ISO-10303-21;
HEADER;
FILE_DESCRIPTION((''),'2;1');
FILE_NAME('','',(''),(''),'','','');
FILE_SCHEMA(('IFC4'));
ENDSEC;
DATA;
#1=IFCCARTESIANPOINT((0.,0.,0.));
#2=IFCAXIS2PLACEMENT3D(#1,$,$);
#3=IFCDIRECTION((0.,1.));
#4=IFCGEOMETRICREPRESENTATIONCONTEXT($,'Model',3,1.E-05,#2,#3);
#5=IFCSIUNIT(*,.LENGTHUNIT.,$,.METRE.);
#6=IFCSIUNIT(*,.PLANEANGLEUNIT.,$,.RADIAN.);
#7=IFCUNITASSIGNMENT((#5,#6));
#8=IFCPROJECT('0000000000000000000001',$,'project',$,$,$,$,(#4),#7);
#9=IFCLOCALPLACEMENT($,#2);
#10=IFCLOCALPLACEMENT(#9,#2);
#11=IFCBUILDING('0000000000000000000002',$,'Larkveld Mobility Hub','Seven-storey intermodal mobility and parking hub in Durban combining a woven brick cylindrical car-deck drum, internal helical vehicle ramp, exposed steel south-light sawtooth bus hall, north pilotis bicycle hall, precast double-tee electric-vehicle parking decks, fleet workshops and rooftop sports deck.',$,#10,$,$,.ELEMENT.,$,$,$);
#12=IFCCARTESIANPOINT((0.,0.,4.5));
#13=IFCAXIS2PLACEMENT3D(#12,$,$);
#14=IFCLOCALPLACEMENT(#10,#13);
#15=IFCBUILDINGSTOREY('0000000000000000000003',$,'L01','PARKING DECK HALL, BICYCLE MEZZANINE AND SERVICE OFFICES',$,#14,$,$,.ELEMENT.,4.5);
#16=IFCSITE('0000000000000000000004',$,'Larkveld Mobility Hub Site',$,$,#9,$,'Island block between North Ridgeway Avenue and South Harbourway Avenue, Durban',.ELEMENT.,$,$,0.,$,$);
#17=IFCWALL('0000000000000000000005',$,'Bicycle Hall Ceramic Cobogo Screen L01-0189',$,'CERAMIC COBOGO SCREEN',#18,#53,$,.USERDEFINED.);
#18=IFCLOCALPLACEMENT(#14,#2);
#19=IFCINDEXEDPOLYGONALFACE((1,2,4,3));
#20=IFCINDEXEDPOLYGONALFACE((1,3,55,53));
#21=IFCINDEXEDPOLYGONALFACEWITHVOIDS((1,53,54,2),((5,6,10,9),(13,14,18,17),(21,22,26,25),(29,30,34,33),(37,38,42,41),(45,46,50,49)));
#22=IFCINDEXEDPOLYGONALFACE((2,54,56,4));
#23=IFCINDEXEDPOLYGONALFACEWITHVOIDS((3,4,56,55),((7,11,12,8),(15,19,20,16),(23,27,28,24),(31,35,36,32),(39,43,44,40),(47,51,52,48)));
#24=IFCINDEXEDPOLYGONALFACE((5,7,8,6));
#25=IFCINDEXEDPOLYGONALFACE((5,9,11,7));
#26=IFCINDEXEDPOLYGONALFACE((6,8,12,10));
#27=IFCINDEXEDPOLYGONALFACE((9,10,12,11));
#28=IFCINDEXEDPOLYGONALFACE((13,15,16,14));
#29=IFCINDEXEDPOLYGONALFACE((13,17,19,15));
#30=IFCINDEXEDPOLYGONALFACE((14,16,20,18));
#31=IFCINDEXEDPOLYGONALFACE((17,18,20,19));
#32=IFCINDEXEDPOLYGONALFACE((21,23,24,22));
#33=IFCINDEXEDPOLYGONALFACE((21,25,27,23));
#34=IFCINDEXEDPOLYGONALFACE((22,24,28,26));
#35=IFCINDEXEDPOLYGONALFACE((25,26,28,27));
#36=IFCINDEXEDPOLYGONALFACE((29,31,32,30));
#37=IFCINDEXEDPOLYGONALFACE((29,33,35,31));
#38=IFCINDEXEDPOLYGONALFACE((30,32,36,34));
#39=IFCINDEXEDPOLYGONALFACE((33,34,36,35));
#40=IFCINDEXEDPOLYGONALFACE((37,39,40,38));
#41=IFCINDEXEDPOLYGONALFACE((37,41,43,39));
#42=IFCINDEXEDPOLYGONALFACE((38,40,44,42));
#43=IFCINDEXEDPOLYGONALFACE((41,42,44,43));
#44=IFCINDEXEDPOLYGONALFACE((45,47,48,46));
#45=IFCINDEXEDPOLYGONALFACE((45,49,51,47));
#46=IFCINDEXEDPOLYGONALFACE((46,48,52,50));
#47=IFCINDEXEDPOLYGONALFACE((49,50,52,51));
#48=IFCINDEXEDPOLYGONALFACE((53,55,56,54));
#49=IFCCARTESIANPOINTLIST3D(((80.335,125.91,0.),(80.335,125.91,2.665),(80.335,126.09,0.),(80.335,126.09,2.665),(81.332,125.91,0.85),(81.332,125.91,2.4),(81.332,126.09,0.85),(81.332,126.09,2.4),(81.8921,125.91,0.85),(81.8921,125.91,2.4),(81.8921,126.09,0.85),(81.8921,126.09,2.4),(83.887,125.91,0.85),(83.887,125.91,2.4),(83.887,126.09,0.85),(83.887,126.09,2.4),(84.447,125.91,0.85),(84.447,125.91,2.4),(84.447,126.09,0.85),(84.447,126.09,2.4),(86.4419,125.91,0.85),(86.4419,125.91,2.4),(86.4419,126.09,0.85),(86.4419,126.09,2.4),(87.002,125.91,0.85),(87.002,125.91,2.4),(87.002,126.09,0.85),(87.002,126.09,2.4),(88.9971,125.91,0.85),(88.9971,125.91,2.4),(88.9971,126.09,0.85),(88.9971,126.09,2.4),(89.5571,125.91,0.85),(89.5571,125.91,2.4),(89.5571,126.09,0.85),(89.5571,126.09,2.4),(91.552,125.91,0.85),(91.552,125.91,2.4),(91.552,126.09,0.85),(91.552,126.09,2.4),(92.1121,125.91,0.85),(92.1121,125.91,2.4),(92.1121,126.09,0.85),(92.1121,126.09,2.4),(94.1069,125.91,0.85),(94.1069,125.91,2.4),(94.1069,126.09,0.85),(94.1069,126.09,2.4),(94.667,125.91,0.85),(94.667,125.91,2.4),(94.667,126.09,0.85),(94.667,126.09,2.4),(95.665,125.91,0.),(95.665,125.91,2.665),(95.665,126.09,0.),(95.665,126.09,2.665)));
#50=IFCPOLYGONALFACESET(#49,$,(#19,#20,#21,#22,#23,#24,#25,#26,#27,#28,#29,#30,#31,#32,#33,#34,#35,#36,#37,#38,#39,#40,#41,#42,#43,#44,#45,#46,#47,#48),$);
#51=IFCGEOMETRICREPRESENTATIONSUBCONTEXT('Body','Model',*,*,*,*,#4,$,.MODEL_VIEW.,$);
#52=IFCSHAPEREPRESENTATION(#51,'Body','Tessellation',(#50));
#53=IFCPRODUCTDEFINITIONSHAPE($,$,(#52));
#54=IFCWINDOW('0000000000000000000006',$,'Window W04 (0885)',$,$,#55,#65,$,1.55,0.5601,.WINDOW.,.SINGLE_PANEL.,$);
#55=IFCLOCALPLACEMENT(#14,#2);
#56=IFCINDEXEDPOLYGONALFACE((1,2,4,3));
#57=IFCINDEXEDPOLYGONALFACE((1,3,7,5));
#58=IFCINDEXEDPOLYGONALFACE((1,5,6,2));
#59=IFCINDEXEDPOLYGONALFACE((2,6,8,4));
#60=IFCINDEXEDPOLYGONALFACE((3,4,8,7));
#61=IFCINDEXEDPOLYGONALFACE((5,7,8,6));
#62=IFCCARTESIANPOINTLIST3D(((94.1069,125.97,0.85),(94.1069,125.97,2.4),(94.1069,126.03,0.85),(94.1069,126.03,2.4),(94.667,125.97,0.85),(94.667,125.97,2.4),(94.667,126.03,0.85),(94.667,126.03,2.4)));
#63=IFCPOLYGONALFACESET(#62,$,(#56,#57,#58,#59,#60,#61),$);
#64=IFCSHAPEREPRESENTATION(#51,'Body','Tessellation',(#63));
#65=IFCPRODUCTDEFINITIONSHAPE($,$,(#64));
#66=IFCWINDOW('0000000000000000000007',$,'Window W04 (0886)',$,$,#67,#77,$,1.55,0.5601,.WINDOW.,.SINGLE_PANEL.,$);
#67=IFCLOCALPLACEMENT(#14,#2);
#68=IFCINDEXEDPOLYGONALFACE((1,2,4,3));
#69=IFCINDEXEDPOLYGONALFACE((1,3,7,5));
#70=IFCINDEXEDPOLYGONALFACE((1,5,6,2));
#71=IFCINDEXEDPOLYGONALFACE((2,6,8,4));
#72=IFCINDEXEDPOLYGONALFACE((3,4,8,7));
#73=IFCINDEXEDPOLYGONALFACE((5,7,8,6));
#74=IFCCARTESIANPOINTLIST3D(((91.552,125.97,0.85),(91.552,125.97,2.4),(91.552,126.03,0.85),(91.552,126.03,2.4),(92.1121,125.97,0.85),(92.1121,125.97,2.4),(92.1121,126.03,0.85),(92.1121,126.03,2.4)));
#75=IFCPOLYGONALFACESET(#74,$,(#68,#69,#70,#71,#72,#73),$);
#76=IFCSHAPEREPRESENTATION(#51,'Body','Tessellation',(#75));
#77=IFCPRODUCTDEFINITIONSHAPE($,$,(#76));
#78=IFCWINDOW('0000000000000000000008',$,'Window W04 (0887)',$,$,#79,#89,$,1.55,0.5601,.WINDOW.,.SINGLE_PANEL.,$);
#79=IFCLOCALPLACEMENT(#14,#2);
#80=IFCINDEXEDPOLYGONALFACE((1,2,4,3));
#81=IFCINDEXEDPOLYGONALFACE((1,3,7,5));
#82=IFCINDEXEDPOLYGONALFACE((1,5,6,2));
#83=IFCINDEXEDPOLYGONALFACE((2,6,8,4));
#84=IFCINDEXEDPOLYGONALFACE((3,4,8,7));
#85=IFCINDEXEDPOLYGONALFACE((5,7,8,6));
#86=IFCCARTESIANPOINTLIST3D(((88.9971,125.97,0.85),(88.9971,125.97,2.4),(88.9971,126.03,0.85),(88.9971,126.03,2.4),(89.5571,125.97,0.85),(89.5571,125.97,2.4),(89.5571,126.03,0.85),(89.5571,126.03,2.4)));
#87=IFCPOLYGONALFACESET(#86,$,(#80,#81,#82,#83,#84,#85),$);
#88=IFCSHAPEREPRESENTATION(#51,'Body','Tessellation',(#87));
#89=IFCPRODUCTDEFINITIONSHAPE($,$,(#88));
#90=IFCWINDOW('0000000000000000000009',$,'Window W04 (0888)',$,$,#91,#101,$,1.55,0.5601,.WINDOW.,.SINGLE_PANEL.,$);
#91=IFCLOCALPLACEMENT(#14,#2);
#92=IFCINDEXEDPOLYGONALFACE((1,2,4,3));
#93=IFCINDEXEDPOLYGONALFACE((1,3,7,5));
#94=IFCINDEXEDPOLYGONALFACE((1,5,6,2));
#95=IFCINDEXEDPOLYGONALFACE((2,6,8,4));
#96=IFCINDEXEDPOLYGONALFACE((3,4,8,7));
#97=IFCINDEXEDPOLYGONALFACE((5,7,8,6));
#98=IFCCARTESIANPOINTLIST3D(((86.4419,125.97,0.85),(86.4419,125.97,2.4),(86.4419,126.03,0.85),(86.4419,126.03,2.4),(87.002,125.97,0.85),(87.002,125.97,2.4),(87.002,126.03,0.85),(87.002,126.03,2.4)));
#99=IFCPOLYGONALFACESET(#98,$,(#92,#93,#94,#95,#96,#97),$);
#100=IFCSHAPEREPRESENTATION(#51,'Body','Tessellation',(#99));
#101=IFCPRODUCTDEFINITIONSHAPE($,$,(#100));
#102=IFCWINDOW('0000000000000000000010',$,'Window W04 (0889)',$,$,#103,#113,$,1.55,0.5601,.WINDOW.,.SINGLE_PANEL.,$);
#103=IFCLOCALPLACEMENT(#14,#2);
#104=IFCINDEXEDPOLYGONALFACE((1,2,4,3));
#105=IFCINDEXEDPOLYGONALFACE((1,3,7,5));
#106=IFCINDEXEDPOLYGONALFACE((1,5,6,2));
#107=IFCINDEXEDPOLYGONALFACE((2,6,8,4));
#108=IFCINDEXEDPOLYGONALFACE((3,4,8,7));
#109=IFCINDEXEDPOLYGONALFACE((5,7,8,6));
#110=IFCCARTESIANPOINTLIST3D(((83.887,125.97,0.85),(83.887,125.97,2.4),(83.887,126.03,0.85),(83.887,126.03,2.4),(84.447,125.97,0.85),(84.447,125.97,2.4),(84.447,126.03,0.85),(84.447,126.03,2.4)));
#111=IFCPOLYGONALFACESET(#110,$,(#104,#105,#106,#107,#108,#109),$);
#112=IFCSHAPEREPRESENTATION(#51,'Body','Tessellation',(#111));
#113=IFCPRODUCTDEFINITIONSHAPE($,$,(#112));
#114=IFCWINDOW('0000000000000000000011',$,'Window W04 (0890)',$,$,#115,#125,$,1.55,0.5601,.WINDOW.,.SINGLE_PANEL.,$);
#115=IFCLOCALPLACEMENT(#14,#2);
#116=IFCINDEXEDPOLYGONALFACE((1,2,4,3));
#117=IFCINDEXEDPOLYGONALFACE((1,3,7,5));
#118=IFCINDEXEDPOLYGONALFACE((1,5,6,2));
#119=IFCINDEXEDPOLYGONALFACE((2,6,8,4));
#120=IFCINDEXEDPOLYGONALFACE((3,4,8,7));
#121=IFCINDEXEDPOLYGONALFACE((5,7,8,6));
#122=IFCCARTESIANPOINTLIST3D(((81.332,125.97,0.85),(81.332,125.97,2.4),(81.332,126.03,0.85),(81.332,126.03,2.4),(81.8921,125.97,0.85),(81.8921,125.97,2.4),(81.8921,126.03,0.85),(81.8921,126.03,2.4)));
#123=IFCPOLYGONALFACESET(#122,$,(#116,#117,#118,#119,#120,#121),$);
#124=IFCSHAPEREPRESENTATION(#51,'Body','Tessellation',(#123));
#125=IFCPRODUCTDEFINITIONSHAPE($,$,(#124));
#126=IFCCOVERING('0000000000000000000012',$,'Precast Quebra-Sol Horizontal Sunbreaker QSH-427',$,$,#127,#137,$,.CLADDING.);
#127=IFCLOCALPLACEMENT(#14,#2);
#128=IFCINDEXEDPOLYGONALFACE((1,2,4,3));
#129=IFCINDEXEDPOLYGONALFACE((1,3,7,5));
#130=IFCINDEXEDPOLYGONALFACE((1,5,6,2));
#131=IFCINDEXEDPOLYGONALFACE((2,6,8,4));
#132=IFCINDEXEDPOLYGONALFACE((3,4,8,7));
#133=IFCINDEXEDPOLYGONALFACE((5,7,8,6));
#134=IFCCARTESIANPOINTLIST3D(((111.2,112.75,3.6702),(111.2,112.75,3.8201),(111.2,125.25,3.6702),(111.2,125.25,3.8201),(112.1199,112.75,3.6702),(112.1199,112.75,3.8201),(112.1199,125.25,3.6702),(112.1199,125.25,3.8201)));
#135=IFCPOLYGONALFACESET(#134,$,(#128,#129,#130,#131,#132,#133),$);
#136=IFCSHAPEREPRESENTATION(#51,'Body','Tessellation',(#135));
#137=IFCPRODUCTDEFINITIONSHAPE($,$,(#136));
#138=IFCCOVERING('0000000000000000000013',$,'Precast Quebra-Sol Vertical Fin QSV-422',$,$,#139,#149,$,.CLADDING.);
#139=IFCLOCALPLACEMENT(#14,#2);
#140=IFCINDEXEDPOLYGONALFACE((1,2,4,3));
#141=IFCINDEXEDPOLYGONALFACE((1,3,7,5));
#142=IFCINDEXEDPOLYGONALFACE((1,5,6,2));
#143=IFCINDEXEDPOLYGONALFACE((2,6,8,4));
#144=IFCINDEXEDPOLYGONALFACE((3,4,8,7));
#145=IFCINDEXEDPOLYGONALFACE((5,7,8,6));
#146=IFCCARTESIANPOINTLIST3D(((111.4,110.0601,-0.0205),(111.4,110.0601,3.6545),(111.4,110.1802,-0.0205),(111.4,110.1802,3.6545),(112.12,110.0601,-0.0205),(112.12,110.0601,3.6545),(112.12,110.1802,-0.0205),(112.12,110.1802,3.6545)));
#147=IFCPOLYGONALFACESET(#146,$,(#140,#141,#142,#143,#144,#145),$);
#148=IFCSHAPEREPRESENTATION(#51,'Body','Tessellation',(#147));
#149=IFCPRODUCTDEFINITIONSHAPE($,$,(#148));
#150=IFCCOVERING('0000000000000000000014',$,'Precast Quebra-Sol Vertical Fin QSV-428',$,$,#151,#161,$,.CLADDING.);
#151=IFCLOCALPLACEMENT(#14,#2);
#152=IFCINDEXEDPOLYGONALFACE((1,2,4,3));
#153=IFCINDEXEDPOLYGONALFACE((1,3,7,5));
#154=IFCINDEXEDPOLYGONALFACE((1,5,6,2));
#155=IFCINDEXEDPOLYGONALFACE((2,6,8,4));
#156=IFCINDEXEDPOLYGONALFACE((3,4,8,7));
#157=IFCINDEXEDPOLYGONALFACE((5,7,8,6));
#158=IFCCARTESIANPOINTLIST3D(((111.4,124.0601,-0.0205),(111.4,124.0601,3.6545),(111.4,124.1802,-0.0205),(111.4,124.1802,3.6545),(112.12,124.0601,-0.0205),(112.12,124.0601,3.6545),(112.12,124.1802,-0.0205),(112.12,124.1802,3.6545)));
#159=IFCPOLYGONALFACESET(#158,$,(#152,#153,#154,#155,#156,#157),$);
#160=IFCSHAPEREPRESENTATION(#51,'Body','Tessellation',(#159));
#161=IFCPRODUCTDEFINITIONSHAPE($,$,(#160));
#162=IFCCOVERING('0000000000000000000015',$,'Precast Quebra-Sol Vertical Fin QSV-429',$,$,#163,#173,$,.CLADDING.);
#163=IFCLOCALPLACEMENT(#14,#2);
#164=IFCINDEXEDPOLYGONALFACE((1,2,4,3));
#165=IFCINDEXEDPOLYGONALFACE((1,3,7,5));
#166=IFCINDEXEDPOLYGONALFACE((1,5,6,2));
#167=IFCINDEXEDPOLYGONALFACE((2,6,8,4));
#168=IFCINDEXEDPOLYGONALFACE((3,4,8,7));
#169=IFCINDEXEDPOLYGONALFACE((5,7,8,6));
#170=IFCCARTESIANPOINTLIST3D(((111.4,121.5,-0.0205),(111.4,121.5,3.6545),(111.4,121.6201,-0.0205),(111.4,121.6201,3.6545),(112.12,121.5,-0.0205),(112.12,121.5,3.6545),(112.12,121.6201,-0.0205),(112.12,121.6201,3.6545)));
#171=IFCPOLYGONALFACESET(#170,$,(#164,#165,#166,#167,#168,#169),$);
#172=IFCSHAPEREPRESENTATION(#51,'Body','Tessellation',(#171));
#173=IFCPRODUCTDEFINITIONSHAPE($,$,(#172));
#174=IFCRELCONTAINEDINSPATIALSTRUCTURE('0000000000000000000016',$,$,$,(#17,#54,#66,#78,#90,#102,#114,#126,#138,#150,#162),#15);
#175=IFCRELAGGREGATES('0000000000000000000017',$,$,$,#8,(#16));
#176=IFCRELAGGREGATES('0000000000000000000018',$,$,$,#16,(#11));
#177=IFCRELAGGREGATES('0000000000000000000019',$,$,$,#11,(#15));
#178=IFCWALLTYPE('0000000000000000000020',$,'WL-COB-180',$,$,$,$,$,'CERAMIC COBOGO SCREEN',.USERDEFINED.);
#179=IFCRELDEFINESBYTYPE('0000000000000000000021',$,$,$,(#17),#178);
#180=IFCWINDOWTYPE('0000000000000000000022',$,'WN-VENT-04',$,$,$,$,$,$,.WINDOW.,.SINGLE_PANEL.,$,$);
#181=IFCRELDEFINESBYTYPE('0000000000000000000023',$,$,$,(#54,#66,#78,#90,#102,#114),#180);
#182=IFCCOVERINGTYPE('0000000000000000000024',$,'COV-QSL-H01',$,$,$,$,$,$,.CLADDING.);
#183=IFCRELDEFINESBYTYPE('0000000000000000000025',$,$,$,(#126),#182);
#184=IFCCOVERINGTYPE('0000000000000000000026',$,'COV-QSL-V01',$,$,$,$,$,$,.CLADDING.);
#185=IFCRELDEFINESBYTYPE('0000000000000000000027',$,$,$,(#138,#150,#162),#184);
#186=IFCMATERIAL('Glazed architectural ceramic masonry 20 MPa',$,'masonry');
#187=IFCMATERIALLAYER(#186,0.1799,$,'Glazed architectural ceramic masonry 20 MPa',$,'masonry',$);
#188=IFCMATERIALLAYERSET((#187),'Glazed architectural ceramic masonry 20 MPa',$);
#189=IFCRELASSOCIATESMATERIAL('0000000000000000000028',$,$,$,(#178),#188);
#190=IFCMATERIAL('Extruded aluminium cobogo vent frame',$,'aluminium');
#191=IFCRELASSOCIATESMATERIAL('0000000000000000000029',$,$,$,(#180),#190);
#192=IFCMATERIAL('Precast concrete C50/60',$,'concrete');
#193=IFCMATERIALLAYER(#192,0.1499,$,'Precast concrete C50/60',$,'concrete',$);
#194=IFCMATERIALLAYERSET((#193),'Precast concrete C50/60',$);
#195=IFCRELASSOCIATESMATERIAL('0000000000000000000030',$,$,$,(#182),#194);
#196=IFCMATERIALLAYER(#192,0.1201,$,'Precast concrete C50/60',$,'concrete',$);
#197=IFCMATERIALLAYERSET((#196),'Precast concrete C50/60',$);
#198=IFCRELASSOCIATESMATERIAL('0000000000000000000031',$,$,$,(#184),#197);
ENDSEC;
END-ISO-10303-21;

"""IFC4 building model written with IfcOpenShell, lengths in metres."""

from ifc_helpers import new_model, si_unit, direction, frame, frame_2d, origin, origin_2d, place, context, subcontext, project, spatial, rectangle, extrude, material, layer, layer_set, type_object, element, fill, save


model = new_model("IFC4")

# Units and contexts
model_context = context("Model", 3, precision=1e-05, world=origin(), true_north=direction((0.0, 1.0)))
body_context = subcontext(model_context, "Body", "Model", "MODEL_VIEW")
ifc_project = project(units=[si_unit("LENGTHUNIT", "METRE"), si_unit("PLANEANGLEUNIT", "RADIAN")], contexts=[model_context])

# Site, building, storey
site_placement = place(None, origin())
site = spatial("IfcSite", under=ifc_project, at=site_placement, Name="Larkveld Mobility Hub Site", LongName="Island block between North Ridgeway Avenue and South Harbourway Avenue, Durban", CompositionType="ELEMENT", RefElevation=0.0)
building_placement = place(site_placement, origin())
building = spatial("IfcBuilding", under=site, at=building_placement, Name="Larkveld Mobility Hub", Description="Seven-storey intermodal mobility and parking hub in Durban combining a woven brick cylindrical car-deck drum, internal helical vehicle ramp, exposed steel south-light sawtooth bus hall, north pilotis bicycle hall, precast double-tee electric-vehicle parking decks, fleet workshops and rooftop sports deck.", CompositionType="ELEMENT")
storey_placement = place(building_placement, frame((0.0, 0.0, 4.5)))
storey = spatial("IfcBuildingStorey", under=building, at=storey_placement, Name="L01", Description="PARKING DECK HALL, BICYCLE MEZZANINE AND SERVICE OFFICES", CompositionType="ELEMENT", Elevation=4.5)

# Shared definitions
ifc_material_1 = material(Name="Precast concrete C50/60", Category="concrete")

# Wall, openings, windows
ifc_material_2 = material(Name="Glazed architectural ceramic masonry 20 MPa", Category="masonry")
ifc_layer_1 = layer(ifc_material_2, 0.1799, Name="Glazed architectural ceramic masonry 20 MPa", Category="masonry")
ifc_layer_set_1 = layer_set([ifc_layer_1], Name="Glazed architectural ceramic masonry 20 MPa")
wall_type = type_object("IfcWallType", Name="WL-COB-180", ElementType="CERAMIC COBOGO SCREEN", PredefinedType="USERDEFINED", material=ifc_layer_set_1)
wall_placement = place(storey_placement, frame((95.665, 126.0, 0.0), z_axis=(0.0, 0.0, 1.0), x_axis=(-1.0, 0.0, 0.0)))
wall = element("IfcWall", 1, at=wall_placement, inside=storey, type_object=wall_type, Name="Bicycle Hall Ceramic Cobogo Screen L01-0189", ObjectType="CERAMIC COBOGO SCREEN", PredefinedType="USERDEFINED", context=body_context, shape_type="SweptSolid", body=[
    extrude(rectangle(XDim=15.3301, YDim=0.1799, at=frame_2d((7.665, 0.0))), origin(), (0.0, 0.0, 1.0), 2.665),
])
opening_1_placement = place(wall_placement, frame((0.998, 0.0, 0.8501)))
opening_1 = element("IfcOpeningElement", 2, at=opening_1_placement, cuts=wall, PredefinedType="OPENING", context=body_context, shape_type="SweptSolid", body=[
    extrude(rectangle(XDim=0.5601, YDim=1.55, at=frame_2d((0.28, 0.7749))), frame((0.0, 0.1001, 0.0), z_axis=(0.0, -1.0, 0.0), x_axis=(1.0, 0.0, 0.0)), (0.0, 0.0, 1.0), 0.2),
])
opening_2_placement = place(wall_placement, frame((3.553, 0.0, 0.8501)))
opening_2 = element("IfcOpeningElement", 3, at=opening_2_placement, cuts=wall, PredefinedType="OPENING", context=body_context, shape_type="SweptSolid", body=[
    extrude(rectangle(XDim=0.5601, YDim=1.55, at=frame_2d((0.28, 0.7749))), frame((0.0, 0.1001, 0.0), z_axis=(0.0, -1.0, 0.0), x_axis=(1.0, 0.0, 0.0)), (0.0, 0.0, 1.0), 0.2),
])
opening_3_placement = place(wall_placement, frame((6.1079, 0.0, 0.8501)))
opening_3 = element("IfcOpeningElement", 4, at=opening_3_placement, cuts=wall, PredefinedType="OPENING", context=body_context, shape_type="SweptSolid", body=[
    extrude(rectangle(XDim=0.5601, YDim=1.55, at=frame_2d((0.28, 0.7749))), frame((0.0, 0.1001, 0.0), z_axis=(0.0, -1.0, 0.0), x_axis=(1.0, 0.0, 0.0)), (0.0, 0.0, 1.0), 0.2),
])
opening_4_placement = place(wall_placement, frame((8.6631, 0.0, 0.8501)))
opening_4 = element("IfcOpeningElement", 5, at=opening_4_placement, cuts=wall, PredefinedType="OPENING", context=body_context, shape_type="SweptSolid", body=[
    extrude(rectangle(XDim=0.5601, YDim=1.55, at=frame_2d((0.28, 0.7749))), frame((0.0, 0.1001, 0.0), z_axis=(0.0, -1.0, 0.0), x_axis=(1.0, 0.0, 0.0)), (0.0, 0.0, 1.0), 0.2),
])
opening_5_placement = place(wall_placement, frame((11.218, 0.0, 0.8501)))
opening_5 = element("IfcOpeningElement", 6, at=opening_5_placement, cuts=wall, PredefinedType="OPENING", context=body_context, shape_type="SweptSolid", body=[
    extrude(rectangle(XDim=0.5601, YDim=1.55, at=frame_2d((0.28, 0.7749))), frame((0.0, 0.1001, 0.0), z_axis=(0.0, -1.0, 0.0), x_axis=(1.0, 0.0, 0.0)), (0.0, 0.0, 1.0), 0.2),
])
opening_6_placement = place(wall_placement, frame((13.7729, 0.0, 0.8501)))
opening_6 = element("IfcOpeningElement", 7, at=opening_6_placement, cuts=wall, PredefinedType="OPENING", context=body_context, shape_type="SweptSolid", body=[
    extrude(rectangle(XDim=0.5601, YDim=1.55, at=frame_2d((0.28, 0.7749))), frame((0.0, 0.1001, 0.0), z_axis=(0.0, -1.0, 0.0), x_axis=(1.0, 0.0, 0.0)), (0.0, 0.0, 1.0), 0.2),
])
ifc_material_3 = material(Name="Extruded aluminium cobogo vent frame", Category="aluminium")
window_type = type_object("IfcWindowType", Name="WN-VENT-04", PartitioningType="SINGLE_PANEL", PredefinedType="WINDOW", material=ifc_material_3)
window_1_placement = place(opening_1_placement, origin())
window_1 = element("IfcWindow", 8, at=window_1_placement, inside=storey, type_object=window_type, Name="Window W04 (0885)", OverallHeight=1.55, OverallWidth=0.5601, PartitioningType="SINGLE_PANEL", PredefinedType="WINDOW", context=body_context, shape_type="SweptSolid", body=[
    extrude(rectangle(XDim=0.5601, YDim=1.55, at=frame_2d((0.28, 0.7749))), frame((0.0, 0.03, 0.0), z_axis=(0.0, -1.0, 0.0), x_axis=(1.0, 0.0, 0.0)), (0.0, 0.0, 1.0), 0.0601),
])
fill(opening_1, window_1)
window_2_placement = place(opening_2_placement, origin())
window_2 = element("IfcWindow", 9, at=window_2_placement, inside=storey, type_object=window_type, Name="Window W04 (0886)", OverallHeight=1.55, OverallWidth=0.5601, PartitioningType="SINGLE_PANEL", PredefinedType="WINDOW", context=body_context, shape_type="SweptSolid", body=[
    extrude(rectangle(XDim=0.5601, YDim=1.55, at=frame_2d((0.28, 0.7749))), frame((0.0, 0.03, 0.0), z_axis=(0.0, -1.0, 0.0), x_axis=(1.0, 0.0, 0.0)), (0.0, 0.0, 1.0), 0.0601),
])
fill(opening_2, window_2)
window_3_placement = place(opening_3_placement, origin())
window_3 = element("IfcWindow", 10, at=window_3_placement, inside=storey, type_object=window_type, Name="Window W04 (0887)", OverallHeight=1.55, OverallWidth=0.5601, PartitioningType="SINGLE_PANEL", PredefinedType="WINDOW", context=body_context, shape_type="SweptSolid", body=[
    extrude(rectangle(XDim=0.5601, YDim=1.55, at=frame_2d((0.28, 0.7749))), frame((0.0, 0.03, 0.0), z_axis=(0.0, -1.0, 0.0), x_axis=(1.0, 0.0, 0.0)), (0.0, 0.0, 1.0), 0.0601),
])
fill(opening_3, window_3)
window_4_placement = place(opening_4_placement, origin())
window_4 = element("IfcWindow", 11, at=window_4_placement, inside=storey, type_object=window_type, Name="Window W04 (0888)", OverallHeight=1.55, OverallWidth=0.5601, PartitioningType="SINGLE_PANEL", PredefinedType="WINDOW", context=body_context, shape_type="SweptSolid", body=[
    extrude(rectangle(XDim=0.5601, YDim=1.55, at=frame_2d((0.28, 0.7749))), frame((0.0, 0.03, 0.0), z_axis=(0.0, -1.0, 0.0), x_axis=(1.0, 0.0, 0.0)), (0.0, 0.0, 1.0), 0.0601),
])
fill(opening_4, window_4)
window_5_placement = place(opening_5_placement, origin())
window_5 = element("IfcWindow", 12, at=window_5_placement, inside=storey, type_object=window_type, Name="Window W04 (0889)", OverallHeight=1.55, OverallWidth=0.5601, PartitioningType="SINGLE_PANEL", PredefinedType="WINDOW", context=body_context, shape_type="SweptSolid", body=[
    extrude(rectangle(XDim=0.5601, YDim=1.55, at=frame_2d((0.28, 0.7749))), frame((0.0, 0.03, 0.0), z_axis=(0.0, -1.0, 0.0), x_axis=(1.0, 0.0, 0.0)), (0.0, 0.0, 1.0), 0.0601),
])
fill(opening_5, window_5)
window_6_placement = place(opening_6_placement, origin())
window_6 = element("IfcWindow", 13, at=window_6_placement, inside=storey, type_object=window_type, Name="Window W04 (0890)", OverallHeight=1.55, OverallWidth=0.5601, PartitioningType="SINGLE_PANEL", PredefinedType="WINDOW", context=body_context, shape_type="SweptSolid", body=[
    extrude(rectangle(XDim=0.5601, YDim=1.55, at=frame_2d((0.28, 0.7749))), frame((0.0, 0.03, 0.0), z_axis=(0.0, -1.0, 0.0), x_axis=(1.0, 0.0, 0.0)), (0.0, 0.0, 1.0), 0.0601),
])
fill(opening_6, window_6)

# Coverings
ifc_layer_2 = layer(ifc_material_1, 0.1499, Name="Precast concrete C50/60", Category="concrete")
ifc_layer_set_2 = layer_set([ifc_layer_2], Name="Precast concrete C50/60")
covering_type_1 = type_object("IfcCoveringType", Name="COV-QSL-H01", PredefinedType="CLADDING", material=ifc_layer_set_2)
covering_placement = place(storey_placement, frame((111.6599, 119.0, 3.6702), z_axis=(0.0, 0.0, 1.0), x_axis=(0.0, -1.0, 0.0)))
element("IfcCovering", 14, at=covering_placement, inside=storey, type_object=covering_type_1, Name="Precast Quebra-Sol Horizontal Sunbreaker QSH-427", PredefinedType="CLADDING", context=body_context, shape_type="SweptSolid", body=[
    extrude(rectangle(XDim=12.5, YDim=0.9199, at=origin_2d()), origin(), (0.0, 0.0, 1.0), 0.1499),
])
ifc_layer_3 = layer(ifc_material_1, 0.1201, Name="Precast concrete C50/60", Category="concrete")
ifc_layer_set_3 = layer_set([ifc_layer_3], Name="Precast concrete C50/60")
covering_type_2 = type_object("IfcCoveringType", Name="COV-QSL-V01", PredefinedType="CLADDING", material=ifc_layer_set_3)
for number, where, z_axis, x_axis, name in (
    (15, (111.76, 110.1201, -0.0205), (0.0, 0.0, 1.0), (0.0, -1.0, 0.0), "Precast Quebra-Sol Vertical Fin QSV-422"),
    (16, (111.76, 124.1201, -0.0205), (0.0, 0.0, 1.0), (0.0, -1.0, 0.0), "Precast Quebra-Sol Vertical Fin QSV-428"),
    (17, (111.76, 121.5601, -0.0205), (0.0, 0.0, 1.0), (0.0, -1.0, 0.0), "Precast Quebra-Sol Vertical Fin QSV-429"),
):
    element("IfcCovering", number, at=place(storey_placement, frame(where, z_axis=z_axis, x_axis=x_axis)), inside=storey, type_object=covering_type_2, Name=name, PredefinedType="CLADDING", context=body_context, shape_type="SweptSolid", body=[
        extrude(rectangle(XDim=0.1201, YDim=0.72, at=origin_2d()), origin(), (0.0, 0.0, 1.0), 3.675),
    ])

save(model, "model.ifc")
